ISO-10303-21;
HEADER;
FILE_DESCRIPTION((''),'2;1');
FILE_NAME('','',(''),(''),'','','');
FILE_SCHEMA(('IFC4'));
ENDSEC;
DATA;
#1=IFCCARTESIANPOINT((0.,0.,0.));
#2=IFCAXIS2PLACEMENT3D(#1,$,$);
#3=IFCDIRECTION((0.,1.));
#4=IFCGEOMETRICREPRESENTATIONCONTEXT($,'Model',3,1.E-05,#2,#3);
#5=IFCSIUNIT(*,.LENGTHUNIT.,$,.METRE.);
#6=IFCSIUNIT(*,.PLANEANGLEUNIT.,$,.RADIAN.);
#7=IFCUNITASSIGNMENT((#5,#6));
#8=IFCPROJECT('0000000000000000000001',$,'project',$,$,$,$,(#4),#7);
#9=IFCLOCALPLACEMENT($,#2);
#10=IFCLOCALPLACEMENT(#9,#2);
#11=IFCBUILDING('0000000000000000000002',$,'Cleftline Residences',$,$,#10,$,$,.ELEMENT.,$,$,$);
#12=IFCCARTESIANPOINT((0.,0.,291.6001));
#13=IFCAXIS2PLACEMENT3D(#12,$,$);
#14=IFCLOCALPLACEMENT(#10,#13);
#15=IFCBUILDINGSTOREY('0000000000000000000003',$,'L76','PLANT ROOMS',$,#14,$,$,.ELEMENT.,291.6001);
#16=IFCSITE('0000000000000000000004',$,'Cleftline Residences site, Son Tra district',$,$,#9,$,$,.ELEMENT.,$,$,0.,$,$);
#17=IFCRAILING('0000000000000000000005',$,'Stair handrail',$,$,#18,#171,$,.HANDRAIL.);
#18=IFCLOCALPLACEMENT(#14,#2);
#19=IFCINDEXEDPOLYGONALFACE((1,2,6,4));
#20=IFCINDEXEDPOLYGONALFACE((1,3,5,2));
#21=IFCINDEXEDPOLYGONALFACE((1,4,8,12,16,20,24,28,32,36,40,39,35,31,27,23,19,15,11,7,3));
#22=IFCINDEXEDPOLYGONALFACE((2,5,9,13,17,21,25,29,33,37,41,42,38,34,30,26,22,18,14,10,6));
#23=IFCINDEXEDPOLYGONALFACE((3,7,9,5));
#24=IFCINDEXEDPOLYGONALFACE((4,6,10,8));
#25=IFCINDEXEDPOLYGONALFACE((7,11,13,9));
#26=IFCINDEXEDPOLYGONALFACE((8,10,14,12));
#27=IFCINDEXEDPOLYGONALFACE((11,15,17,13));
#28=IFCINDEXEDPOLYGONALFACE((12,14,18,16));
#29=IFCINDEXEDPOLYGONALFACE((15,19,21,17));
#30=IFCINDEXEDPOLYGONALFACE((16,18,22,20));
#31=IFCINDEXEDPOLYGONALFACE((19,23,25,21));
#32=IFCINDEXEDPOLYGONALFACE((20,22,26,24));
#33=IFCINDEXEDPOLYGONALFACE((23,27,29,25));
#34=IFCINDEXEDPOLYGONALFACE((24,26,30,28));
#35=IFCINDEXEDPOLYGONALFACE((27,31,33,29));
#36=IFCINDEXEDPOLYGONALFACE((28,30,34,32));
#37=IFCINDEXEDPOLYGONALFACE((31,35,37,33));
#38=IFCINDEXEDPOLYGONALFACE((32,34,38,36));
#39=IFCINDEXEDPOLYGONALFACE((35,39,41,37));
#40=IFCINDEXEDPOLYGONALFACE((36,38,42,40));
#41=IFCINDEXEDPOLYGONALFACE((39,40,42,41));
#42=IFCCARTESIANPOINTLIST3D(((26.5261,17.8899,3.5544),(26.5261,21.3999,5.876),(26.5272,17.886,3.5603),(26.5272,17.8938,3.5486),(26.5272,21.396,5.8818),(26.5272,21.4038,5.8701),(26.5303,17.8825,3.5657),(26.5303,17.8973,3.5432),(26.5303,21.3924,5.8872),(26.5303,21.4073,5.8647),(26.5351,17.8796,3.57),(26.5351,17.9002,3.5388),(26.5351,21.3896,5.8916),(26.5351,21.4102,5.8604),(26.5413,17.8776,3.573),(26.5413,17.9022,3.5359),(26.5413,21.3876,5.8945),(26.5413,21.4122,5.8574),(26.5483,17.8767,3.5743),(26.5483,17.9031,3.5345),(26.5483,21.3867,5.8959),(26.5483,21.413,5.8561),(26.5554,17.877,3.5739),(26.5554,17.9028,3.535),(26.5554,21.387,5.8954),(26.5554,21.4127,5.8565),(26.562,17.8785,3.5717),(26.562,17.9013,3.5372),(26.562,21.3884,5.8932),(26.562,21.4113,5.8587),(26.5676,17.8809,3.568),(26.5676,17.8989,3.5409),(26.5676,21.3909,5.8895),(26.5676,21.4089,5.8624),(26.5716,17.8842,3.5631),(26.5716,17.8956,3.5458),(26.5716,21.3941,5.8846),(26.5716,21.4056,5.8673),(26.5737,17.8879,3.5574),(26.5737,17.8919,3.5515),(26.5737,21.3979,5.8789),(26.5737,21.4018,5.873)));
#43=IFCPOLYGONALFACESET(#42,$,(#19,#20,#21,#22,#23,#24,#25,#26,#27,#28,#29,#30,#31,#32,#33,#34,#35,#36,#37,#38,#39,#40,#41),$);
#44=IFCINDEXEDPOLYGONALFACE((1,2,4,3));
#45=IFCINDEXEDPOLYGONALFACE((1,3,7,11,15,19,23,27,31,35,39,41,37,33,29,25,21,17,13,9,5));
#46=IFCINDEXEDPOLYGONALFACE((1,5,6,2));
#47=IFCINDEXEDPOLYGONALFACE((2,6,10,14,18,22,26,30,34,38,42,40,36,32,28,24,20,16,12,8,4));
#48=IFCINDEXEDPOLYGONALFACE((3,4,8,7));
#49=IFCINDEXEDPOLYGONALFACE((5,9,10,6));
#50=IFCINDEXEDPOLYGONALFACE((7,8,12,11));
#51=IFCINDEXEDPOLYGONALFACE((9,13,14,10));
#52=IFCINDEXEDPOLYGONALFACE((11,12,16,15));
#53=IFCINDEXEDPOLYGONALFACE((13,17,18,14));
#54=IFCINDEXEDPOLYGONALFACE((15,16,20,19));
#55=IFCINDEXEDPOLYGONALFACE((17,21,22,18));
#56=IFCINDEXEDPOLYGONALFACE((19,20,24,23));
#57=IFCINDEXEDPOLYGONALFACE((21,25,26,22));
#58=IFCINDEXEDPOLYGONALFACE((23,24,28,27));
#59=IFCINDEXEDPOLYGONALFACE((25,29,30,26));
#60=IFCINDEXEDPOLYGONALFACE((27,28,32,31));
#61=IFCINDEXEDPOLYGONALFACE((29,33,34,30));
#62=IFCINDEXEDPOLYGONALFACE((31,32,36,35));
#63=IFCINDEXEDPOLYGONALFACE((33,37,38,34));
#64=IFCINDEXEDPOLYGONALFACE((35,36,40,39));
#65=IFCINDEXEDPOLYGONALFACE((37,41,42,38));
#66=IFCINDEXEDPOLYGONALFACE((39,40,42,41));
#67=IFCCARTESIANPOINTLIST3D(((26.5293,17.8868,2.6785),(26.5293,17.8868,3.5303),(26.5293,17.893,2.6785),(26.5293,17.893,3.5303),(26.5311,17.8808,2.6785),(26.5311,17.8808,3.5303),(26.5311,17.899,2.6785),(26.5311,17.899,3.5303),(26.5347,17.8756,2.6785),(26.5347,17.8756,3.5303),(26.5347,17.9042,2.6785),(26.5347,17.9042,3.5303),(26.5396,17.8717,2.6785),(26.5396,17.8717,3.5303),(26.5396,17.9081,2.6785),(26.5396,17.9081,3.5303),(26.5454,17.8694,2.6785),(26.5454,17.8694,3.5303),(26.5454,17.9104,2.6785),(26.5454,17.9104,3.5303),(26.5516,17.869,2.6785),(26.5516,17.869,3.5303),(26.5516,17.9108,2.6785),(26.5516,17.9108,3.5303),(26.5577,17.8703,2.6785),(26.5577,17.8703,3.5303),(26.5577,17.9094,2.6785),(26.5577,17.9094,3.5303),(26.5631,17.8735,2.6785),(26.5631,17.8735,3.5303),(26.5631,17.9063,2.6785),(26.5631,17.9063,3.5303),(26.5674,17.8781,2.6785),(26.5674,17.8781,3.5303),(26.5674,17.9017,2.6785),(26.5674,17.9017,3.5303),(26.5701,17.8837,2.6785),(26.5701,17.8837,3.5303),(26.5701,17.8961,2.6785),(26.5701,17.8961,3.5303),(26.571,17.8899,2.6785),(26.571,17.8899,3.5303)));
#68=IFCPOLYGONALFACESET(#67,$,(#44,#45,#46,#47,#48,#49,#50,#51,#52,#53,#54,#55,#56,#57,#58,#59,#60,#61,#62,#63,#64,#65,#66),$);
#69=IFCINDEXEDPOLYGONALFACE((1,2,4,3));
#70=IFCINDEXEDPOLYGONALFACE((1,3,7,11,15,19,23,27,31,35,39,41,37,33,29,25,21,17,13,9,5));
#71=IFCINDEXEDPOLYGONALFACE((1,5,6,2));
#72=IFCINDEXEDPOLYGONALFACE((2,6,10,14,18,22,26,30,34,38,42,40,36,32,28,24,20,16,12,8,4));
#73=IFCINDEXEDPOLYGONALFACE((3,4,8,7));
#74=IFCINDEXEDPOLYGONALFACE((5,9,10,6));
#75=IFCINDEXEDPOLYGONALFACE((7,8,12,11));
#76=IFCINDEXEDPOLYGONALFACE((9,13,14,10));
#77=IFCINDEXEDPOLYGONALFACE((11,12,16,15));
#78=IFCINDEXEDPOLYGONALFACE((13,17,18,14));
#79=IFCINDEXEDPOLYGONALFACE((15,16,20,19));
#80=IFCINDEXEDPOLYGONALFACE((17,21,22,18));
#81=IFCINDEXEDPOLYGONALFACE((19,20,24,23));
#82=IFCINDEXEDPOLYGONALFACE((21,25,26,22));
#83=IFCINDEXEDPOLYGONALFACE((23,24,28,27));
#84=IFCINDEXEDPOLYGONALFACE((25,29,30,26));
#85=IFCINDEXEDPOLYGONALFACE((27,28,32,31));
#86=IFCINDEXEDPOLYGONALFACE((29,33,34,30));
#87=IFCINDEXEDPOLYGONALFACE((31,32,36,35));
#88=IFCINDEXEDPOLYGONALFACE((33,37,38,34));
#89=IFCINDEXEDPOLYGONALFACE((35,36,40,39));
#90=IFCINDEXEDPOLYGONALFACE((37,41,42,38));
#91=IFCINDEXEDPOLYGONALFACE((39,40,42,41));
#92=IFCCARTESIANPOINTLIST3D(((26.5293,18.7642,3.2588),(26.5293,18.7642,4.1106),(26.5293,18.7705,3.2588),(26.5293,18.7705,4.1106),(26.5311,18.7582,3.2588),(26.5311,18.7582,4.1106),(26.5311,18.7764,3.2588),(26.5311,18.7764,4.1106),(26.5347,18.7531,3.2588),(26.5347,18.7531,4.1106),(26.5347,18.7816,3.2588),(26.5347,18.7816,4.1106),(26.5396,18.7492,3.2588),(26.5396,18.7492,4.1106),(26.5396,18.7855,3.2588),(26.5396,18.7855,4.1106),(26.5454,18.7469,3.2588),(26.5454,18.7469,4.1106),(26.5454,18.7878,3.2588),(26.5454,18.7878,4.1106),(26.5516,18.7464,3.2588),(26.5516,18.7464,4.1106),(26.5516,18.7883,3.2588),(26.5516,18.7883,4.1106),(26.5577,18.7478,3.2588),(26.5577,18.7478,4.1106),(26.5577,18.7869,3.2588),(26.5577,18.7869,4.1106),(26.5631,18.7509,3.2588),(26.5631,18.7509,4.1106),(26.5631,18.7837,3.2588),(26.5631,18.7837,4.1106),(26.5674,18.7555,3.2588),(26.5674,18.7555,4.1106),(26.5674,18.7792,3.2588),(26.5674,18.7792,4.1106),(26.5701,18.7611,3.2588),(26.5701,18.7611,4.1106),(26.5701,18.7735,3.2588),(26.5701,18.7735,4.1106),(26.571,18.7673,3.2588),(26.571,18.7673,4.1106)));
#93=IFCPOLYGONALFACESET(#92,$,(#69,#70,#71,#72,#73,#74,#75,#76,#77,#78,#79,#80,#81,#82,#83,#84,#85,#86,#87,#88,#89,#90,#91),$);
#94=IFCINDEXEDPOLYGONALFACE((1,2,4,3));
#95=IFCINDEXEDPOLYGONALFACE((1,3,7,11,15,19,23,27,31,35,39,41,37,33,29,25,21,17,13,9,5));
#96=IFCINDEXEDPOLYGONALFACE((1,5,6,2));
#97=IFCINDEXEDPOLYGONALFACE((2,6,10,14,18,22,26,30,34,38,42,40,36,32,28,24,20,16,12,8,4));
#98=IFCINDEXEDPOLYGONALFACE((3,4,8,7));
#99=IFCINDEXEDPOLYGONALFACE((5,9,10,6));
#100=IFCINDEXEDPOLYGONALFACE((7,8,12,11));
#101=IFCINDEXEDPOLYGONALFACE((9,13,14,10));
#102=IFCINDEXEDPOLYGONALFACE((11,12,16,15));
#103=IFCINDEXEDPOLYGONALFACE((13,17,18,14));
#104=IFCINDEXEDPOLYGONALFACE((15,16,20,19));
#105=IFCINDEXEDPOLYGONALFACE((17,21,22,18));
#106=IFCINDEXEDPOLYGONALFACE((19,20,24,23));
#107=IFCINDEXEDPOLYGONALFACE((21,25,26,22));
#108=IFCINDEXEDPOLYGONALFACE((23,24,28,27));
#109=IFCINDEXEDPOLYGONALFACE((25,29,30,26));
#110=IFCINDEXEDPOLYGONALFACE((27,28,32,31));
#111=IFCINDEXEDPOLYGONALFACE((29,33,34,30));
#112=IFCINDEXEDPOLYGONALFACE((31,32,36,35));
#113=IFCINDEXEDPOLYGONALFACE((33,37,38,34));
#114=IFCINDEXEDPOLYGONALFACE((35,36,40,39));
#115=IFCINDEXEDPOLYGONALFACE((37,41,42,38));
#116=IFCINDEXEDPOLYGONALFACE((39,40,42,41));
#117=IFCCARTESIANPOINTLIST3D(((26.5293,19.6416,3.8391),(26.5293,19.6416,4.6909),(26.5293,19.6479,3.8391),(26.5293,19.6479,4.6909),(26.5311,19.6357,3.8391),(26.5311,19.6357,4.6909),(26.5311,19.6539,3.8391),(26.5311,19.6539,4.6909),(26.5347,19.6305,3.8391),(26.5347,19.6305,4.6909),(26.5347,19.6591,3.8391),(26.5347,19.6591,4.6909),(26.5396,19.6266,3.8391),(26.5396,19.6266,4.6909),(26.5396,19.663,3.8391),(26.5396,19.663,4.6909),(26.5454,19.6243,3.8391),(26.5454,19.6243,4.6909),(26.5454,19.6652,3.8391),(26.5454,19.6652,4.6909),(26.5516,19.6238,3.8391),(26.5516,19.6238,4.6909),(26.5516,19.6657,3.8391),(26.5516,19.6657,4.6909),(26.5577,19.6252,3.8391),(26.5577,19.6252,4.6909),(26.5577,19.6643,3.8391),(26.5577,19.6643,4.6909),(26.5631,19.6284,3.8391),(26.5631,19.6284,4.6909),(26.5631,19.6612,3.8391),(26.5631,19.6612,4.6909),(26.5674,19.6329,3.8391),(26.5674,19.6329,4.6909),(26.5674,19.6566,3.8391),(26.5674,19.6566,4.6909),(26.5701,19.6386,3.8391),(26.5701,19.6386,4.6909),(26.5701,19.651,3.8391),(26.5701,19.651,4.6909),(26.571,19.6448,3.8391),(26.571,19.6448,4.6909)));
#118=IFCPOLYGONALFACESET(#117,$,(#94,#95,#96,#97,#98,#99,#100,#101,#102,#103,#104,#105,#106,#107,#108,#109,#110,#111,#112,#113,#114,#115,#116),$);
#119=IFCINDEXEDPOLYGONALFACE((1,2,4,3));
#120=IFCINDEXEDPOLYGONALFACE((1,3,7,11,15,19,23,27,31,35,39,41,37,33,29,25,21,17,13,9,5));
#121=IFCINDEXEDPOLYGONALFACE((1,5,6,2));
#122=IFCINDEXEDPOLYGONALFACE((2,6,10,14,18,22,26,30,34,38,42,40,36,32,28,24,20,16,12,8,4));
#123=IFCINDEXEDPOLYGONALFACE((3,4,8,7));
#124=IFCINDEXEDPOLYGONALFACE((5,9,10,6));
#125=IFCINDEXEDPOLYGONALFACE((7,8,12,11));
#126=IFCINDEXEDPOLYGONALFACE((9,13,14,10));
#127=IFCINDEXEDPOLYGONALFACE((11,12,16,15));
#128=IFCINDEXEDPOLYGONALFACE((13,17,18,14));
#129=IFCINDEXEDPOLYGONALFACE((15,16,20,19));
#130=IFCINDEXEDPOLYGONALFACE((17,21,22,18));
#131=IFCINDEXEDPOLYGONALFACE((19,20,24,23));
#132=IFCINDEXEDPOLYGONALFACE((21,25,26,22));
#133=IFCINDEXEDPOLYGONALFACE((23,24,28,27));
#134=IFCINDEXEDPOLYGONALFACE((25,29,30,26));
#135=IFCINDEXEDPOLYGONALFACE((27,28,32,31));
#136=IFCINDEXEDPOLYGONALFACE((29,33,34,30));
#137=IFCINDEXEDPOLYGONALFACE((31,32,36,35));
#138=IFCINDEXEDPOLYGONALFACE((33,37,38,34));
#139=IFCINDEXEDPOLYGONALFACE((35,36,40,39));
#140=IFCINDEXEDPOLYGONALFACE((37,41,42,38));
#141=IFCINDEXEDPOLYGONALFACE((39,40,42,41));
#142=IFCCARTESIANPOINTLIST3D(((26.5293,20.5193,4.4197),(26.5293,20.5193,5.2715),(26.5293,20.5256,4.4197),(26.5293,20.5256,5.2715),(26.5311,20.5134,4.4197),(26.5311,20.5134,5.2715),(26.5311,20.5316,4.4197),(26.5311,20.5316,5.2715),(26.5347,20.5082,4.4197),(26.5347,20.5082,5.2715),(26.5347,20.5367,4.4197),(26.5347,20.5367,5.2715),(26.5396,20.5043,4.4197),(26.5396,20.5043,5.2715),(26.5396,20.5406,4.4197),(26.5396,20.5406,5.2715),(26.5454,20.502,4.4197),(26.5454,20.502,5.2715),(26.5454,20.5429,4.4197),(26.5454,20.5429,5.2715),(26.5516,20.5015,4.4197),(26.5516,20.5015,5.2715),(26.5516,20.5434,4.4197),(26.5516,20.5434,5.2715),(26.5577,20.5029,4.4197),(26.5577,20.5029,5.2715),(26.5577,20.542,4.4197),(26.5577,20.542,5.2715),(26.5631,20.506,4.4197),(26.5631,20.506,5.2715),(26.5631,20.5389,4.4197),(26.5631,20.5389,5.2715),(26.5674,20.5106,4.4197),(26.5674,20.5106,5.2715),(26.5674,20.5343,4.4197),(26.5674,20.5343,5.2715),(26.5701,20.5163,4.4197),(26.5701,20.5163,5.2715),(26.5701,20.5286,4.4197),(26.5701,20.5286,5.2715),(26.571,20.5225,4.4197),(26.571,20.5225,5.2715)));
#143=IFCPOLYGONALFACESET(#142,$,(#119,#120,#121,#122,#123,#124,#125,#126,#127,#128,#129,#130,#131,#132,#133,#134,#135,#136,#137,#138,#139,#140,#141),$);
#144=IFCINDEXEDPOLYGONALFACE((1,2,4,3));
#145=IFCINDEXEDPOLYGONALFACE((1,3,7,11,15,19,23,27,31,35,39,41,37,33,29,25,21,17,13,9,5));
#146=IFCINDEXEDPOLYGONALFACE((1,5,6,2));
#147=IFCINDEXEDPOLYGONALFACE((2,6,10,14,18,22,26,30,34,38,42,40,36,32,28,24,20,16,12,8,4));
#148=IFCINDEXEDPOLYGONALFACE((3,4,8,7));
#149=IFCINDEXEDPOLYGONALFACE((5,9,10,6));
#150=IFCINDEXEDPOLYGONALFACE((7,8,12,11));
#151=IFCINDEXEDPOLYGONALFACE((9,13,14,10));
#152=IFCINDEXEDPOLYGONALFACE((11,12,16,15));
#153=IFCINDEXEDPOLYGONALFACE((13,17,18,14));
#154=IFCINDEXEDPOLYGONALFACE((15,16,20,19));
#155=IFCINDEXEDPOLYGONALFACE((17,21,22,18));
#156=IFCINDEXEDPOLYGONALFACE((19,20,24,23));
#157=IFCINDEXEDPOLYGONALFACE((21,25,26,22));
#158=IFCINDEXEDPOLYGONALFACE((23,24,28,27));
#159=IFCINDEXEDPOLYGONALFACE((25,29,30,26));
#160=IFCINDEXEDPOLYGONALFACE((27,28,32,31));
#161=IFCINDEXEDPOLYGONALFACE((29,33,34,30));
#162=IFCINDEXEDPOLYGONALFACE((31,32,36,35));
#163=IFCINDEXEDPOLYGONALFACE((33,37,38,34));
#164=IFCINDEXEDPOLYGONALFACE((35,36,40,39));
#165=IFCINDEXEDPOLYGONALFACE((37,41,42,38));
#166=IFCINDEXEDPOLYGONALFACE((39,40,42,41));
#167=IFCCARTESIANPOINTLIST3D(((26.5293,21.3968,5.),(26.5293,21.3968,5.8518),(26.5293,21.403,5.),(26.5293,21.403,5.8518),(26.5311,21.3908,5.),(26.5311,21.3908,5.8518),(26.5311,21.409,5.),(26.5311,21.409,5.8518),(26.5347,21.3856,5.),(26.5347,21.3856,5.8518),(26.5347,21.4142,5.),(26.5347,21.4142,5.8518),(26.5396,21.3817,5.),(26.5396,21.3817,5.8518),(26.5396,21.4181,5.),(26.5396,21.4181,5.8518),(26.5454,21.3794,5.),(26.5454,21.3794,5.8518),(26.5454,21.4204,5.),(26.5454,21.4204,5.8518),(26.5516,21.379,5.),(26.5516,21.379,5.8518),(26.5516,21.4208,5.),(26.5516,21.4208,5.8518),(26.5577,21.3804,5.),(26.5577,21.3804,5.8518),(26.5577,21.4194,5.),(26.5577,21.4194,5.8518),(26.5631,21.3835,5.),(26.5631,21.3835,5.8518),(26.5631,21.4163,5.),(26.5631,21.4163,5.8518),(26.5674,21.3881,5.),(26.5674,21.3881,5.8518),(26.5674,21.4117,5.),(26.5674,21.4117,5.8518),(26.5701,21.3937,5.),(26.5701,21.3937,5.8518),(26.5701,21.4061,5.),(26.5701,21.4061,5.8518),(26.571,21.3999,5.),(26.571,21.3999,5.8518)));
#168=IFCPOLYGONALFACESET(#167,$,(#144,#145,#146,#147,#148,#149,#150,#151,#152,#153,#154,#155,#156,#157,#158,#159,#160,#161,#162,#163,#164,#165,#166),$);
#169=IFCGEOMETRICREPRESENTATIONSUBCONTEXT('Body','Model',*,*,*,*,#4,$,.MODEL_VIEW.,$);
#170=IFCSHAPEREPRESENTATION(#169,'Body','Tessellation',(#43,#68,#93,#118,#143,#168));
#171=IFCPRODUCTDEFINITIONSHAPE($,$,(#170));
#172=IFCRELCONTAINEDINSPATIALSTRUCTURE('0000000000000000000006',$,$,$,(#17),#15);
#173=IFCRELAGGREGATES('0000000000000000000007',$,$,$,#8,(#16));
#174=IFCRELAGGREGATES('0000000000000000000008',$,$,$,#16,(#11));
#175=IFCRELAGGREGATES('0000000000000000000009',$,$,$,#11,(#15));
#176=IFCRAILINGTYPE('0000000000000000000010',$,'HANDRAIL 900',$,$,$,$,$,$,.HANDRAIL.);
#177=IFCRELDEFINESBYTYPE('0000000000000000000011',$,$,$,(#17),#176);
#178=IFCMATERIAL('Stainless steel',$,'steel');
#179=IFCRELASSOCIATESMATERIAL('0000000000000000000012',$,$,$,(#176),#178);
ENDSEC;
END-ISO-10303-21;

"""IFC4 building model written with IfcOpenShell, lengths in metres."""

from ifc_helpers import new_model, si_unit, direction, frame, origin, origin_2d, place, context, subcontext, project, spatial, circle, extrude, material, type_object, element, save


model = new_model("IFC4")

# Units and contexts
model_context = context("Model", 3, precision=1e-05, world=origin(), true_north=direction((0.0, 1.0)))
body_context = subcontext(model_context, "Body", "Model", "MODEL_VIEW")
ifc_project = project(units=[si_unit("LENGTHUNIT", "METRE"), si_unit("PLANEANGLEUNIT", "RADIAN")], contexts=[model_context])

# Site, building, storey
site_placement = place(None, origin())
site = spatial("IfcSite", under=ifc_project, at=site_placement, Name="Cleftline Residences site, Son Tra district", CompositionType="ELEMENT", RefElevation=0.0)
building_placement = place(site_placement, origin())
building = spatial("IfcBuilding", under=site, at=building_placement, Name="Cleftline Residences", CompositionType="ELEMENT")
storey_placement = place(building_placement, frame((0.0, 0.0, 291.6001)))
storey = spatial("IfcBuildingStorey", under=building, at=storey_placement, Name="L76", Description="PLANT ROOMS", CompositionType="ELEMENT", Elevation=291.6001)

# Railing
ifc_material_1 = material(Name="Stainless steel", Category="steel")
railing_type = type_object("IfcRailingType", Name="HANDRAIL 900", PredefinedType="HANDRAIL", material=ifc_material_1)
railing_placement = place(storey_placement, frame((26.55, 17.8899, 2.6785)))
element("IfcRailing", 1, at=railing_placement, inside=storey, type_object=railing_type, Name="Stair handrail", PredefinedType="HANDRAIL", context=body_context, shape_type="SweptSolid", body=[
    extrude(circle(Radius=0.0239, at=origin_2d()), frame((0.0, 0.0, 0.876), z_axis=(0.0, 0.834071, 0.551657), x_axis=(-1.0, 0.0, 0.0)), (0.0, 0.0, 1.0), 4.2083),
    extrude(circle(Radius=0.021, at=origin_2d()), origin(), (0.0, 0.0, 1.0), 0.8518),
    extrude(circle(Radius=0.021, at=origin_2d()), frame((0.0, 0.8774, 0.5803)), (0.0, 0.0, 1.0), 0.8518),
    extrude(circle(Radius=0.021, at=origin_2d()), frame((0.0, 1.7549, 1.1606)), (0.0, 0.0, 1.0), 0.8518),
    extrude(circle(Radius=0.021, at=origin_2d()), frame((0.0, 2.6326, 1.7412)), (0.0, 0.0, 1.0), 0.8518),
    extrude(circle(Radius=0.021, at=origin_2d()), frame((0.0, 3.51, 2.3215)), (0.0, 0.0, 1.0), 0.8518),
])

save(model, "model.ifc")
